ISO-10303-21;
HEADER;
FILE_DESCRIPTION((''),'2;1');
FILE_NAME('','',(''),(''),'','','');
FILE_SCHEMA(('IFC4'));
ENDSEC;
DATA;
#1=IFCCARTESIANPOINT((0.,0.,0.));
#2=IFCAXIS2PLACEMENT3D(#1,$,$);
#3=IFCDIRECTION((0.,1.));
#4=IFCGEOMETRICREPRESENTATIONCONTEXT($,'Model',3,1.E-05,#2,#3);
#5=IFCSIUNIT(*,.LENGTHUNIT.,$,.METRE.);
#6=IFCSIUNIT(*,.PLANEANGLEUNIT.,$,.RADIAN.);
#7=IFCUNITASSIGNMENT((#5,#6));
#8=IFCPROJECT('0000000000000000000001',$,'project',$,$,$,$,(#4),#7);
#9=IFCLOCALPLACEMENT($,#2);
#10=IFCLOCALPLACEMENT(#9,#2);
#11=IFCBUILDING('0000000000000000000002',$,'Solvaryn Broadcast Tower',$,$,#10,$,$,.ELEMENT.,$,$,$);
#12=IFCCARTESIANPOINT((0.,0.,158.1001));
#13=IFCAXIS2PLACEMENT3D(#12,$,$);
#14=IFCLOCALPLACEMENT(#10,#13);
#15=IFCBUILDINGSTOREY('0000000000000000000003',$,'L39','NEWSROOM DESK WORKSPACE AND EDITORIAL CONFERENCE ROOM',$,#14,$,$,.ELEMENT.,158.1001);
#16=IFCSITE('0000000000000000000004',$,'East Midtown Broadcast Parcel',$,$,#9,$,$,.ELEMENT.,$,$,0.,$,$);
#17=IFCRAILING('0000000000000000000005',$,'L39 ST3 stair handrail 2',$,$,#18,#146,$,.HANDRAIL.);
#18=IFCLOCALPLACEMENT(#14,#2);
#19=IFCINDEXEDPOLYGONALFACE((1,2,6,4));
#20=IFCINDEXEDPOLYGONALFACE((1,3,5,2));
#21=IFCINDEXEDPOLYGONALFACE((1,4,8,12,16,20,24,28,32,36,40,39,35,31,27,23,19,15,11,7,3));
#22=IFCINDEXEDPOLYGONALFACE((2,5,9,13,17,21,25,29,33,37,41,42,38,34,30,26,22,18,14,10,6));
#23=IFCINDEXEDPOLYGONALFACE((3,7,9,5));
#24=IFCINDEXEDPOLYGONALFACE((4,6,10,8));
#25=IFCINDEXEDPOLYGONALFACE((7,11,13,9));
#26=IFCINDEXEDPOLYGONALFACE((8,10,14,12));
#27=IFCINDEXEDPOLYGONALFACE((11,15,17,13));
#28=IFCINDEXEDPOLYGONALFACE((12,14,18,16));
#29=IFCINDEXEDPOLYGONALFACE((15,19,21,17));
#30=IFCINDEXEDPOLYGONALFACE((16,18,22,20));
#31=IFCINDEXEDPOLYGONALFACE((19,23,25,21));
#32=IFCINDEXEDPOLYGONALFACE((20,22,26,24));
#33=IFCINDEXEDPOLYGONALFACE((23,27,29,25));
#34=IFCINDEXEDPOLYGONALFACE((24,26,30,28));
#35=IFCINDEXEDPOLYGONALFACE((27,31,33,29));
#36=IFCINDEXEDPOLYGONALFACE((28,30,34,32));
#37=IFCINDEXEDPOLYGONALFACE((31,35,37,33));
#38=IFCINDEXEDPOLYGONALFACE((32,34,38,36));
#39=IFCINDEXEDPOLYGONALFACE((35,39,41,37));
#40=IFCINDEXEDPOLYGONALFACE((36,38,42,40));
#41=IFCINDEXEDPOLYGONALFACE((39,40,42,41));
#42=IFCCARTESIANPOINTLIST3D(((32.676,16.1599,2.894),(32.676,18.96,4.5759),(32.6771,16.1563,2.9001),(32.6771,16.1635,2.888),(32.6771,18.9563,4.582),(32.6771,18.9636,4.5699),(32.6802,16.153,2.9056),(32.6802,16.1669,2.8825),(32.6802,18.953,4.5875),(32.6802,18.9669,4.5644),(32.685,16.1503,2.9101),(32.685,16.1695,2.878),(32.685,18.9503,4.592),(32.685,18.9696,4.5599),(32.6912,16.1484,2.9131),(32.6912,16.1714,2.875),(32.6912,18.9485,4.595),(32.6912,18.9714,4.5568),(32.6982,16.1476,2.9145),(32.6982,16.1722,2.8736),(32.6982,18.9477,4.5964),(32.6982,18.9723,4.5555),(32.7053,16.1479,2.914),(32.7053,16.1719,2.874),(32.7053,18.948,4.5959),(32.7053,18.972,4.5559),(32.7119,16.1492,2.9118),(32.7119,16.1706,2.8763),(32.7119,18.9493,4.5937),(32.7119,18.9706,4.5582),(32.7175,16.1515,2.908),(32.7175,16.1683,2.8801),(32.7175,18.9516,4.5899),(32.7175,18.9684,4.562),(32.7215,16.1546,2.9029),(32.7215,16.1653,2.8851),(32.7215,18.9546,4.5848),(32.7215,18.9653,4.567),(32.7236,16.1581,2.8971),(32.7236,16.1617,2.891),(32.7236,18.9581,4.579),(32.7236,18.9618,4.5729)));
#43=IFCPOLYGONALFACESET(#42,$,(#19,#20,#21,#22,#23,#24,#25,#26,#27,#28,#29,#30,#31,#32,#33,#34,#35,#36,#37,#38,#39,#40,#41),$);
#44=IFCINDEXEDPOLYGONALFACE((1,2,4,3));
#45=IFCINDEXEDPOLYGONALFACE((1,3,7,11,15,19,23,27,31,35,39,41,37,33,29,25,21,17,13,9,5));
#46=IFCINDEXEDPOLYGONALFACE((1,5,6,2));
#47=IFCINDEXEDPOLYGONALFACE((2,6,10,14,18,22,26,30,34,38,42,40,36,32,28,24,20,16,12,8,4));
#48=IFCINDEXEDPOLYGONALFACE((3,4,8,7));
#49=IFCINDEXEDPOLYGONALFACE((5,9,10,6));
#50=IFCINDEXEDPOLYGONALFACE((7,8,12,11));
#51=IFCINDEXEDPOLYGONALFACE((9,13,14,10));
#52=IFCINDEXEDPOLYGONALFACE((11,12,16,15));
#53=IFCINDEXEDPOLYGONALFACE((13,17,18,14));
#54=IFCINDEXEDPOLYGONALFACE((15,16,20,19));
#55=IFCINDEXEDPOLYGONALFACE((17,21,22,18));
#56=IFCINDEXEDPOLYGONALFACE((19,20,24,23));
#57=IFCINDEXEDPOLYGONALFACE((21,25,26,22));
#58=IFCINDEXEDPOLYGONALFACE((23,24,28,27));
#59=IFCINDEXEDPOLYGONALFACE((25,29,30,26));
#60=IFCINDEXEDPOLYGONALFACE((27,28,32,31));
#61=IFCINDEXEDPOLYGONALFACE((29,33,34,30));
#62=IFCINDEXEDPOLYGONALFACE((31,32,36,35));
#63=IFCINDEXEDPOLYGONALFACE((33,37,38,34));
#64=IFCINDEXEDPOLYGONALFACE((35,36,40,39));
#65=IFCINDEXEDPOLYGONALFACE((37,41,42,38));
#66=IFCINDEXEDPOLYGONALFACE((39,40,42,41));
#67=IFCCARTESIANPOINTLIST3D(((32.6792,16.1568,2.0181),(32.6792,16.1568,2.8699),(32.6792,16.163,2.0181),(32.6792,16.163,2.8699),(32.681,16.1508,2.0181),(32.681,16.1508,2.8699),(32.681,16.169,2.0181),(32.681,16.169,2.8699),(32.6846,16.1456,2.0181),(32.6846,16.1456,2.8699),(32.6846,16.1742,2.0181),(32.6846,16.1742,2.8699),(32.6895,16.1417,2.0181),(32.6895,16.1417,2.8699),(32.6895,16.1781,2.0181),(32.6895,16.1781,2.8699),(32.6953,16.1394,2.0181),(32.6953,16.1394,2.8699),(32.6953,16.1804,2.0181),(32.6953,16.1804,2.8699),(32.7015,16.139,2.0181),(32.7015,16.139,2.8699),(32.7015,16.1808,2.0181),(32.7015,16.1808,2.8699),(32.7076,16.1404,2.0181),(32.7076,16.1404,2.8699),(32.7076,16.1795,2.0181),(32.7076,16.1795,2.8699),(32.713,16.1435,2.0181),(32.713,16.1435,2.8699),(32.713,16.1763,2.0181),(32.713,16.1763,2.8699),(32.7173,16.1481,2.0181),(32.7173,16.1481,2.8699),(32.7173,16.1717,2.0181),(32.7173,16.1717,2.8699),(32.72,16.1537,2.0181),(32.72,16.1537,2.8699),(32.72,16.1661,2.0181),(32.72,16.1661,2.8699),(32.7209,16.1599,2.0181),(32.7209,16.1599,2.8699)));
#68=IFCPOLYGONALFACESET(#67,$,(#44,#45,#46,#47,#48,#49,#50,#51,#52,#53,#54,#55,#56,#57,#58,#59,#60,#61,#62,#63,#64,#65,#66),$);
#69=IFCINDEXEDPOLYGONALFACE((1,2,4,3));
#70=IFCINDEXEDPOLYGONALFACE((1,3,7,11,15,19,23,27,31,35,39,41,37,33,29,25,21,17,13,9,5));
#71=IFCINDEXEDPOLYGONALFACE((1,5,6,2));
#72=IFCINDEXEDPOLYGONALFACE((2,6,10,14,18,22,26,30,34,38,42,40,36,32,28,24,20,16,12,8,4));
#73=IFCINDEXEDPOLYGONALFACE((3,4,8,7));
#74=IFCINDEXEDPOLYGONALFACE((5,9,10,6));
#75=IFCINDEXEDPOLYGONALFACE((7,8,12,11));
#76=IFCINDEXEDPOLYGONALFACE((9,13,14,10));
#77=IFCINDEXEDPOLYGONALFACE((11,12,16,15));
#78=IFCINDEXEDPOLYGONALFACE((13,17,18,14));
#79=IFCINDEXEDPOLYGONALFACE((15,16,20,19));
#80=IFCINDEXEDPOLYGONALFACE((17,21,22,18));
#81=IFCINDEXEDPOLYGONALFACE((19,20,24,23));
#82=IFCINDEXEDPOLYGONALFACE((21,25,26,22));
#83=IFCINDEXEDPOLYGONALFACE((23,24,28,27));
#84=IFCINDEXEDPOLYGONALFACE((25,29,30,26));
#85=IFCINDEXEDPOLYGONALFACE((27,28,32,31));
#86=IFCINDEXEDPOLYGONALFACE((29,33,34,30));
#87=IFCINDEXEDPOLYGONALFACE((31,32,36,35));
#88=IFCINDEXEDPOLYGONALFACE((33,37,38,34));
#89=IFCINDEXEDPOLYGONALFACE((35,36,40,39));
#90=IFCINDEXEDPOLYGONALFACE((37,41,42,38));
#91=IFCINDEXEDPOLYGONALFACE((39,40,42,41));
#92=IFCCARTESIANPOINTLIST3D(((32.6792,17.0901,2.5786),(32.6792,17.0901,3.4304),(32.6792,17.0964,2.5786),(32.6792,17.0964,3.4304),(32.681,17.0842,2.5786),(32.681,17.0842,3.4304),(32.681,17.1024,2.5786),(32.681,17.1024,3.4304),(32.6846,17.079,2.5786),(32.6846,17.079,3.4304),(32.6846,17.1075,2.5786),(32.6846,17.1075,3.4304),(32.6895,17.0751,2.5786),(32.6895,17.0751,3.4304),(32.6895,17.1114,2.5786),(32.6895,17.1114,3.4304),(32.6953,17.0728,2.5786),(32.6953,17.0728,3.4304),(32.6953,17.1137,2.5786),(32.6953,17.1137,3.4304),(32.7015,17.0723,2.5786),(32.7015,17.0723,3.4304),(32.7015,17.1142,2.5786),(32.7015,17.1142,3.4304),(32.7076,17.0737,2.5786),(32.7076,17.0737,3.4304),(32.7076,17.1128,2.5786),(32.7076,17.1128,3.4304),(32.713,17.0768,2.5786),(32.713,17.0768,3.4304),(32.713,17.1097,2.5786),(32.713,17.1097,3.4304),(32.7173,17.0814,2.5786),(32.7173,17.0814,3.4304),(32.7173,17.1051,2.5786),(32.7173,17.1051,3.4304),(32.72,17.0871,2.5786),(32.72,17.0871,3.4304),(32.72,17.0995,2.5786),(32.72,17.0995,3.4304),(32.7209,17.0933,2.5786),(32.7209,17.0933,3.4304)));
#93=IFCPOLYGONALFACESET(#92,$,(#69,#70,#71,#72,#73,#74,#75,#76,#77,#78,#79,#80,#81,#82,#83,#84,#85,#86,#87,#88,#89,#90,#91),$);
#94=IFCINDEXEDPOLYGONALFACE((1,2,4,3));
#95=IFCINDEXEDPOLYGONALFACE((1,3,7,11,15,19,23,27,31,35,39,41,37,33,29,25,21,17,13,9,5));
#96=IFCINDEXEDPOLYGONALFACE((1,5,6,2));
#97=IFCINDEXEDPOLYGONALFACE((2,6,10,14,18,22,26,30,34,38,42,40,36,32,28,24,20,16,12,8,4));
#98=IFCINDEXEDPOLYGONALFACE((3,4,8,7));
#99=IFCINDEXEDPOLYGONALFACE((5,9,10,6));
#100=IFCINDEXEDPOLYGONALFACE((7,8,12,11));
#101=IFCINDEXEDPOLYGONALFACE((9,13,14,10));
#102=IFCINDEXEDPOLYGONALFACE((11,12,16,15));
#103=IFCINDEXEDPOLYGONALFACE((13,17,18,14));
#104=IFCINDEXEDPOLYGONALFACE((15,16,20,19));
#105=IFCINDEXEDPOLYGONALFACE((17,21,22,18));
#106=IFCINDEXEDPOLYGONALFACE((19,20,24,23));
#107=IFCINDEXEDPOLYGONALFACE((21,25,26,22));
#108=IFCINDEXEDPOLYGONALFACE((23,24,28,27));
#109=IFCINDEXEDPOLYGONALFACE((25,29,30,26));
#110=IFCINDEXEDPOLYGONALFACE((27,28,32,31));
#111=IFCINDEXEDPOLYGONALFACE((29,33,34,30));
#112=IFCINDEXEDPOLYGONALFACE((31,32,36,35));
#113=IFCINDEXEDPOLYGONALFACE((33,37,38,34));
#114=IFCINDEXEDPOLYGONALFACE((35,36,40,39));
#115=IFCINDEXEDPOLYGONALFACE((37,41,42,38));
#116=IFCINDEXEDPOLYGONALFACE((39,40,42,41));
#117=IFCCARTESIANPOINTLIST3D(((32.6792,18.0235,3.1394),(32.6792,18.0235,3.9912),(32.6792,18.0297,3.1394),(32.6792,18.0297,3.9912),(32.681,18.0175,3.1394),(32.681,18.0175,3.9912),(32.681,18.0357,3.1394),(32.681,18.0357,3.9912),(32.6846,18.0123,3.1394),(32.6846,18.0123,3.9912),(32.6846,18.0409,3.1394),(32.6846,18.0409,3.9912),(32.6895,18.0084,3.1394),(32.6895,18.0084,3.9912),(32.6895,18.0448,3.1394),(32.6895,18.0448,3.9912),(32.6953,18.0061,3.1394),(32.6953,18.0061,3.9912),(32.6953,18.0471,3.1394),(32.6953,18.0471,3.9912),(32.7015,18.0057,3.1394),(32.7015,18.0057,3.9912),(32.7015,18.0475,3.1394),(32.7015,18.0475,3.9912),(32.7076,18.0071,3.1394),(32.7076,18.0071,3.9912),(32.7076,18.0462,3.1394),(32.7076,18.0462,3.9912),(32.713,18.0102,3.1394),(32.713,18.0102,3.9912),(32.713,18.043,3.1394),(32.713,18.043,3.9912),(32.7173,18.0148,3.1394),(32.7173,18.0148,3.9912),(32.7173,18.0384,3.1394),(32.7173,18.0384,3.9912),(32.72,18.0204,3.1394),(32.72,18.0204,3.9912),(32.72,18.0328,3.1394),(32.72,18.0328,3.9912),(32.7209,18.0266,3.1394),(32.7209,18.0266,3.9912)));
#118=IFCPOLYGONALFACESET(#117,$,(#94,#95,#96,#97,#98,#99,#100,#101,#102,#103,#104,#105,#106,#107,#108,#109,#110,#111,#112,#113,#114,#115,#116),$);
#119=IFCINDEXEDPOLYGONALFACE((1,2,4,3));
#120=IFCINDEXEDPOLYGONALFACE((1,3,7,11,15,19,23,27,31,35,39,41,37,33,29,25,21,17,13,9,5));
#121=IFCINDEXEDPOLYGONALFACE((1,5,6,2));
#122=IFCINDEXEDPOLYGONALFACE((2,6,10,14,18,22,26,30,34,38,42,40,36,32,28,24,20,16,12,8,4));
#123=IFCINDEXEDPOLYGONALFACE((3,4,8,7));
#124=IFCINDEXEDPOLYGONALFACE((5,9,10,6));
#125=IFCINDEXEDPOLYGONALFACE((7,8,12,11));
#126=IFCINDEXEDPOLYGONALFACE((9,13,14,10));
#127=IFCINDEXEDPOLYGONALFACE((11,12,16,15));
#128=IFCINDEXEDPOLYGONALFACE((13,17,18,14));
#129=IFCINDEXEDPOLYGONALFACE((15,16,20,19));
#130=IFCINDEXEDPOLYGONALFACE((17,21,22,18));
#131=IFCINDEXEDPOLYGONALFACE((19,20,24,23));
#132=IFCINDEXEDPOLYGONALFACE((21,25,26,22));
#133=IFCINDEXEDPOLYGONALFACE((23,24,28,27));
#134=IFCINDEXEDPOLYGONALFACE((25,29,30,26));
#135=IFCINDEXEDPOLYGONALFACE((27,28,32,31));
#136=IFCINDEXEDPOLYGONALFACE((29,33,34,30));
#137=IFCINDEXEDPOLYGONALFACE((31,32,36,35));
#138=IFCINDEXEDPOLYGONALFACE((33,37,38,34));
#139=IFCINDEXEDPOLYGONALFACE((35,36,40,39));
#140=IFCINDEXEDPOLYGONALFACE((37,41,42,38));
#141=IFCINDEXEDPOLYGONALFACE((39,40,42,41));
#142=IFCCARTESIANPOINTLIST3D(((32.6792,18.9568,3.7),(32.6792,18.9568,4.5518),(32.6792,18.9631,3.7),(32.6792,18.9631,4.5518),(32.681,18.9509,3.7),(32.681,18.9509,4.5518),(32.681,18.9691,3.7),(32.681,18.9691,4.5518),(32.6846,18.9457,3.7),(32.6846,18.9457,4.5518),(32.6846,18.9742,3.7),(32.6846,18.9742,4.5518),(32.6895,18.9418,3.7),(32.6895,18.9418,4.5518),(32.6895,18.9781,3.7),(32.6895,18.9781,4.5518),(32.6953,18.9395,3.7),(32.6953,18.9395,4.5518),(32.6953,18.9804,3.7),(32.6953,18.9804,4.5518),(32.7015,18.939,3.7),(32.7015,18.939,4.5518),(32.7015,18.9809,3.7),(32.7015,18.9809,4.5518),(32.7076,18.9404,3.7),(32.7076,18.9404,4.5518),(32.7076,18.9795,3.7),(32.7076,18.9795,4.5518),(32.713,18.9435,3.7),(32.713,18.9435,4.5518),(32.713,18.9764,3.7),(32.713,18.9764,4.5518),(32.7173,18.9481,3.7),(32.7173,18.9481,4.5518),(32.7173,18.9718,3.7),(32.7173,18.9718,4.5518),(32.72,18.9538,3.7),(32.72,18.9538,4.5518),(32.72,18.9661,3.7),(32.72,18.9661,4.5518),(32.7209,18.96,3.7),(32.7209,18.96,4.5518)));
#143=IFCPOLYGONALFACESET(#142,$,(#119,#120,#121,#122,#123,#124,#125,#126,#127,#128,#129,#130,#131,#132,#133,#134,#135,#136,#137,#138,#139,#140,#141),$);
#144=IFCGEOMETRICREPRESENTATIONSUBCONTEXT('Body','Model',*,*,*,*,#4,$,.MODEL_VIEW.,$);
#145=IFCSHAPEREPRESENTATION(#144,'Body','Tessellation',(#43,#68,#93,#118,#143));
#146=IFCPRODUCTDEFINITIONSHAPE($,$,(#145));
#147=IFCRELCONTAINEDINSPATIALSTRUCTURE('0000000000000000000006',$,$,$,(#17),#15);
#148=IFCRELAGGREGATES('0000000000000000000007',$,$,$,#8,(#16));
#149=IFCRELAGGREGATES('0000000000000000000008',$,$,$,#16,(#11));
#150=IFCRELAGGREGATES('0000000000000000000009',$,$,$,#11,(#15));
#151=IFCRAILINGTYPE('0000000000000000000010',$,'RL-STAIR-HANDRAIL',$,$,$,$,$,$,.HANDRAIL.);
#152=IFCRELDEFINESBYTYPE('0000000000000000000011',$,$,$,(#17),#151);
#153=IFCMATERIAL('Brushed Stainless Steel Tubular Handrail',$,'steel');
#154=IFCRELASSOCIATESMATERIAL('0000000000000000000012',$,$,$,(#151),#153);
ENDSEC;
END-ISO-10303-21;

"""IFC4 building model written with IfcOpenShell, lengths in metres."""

from ifc_helpers import new_model, si_unit, direction, frame, origin, origin_2d, place, context, subcontext, project, spatial, circle, extrude, material, type_object, element, save


model = new_model("IFC4")

# Units and contexts
model_context = context("Model", 3, precision=1e-05, world=origin(), true_north=direction((0.0, 1.0)))
body_context = subcontext(model_context, "Body", "Model", "MODEL_VIEW")
ifc_project = project(units=[si_unit("LENGTHUNIT", "METRE"), si_unit("PLANEANGLEUNIT", "RADIAN")], contexts=[model_context])

# Site, building, storey
site_placement = place(None, origin())
site = spatial("IfcSite", under=ifc_project, at=site_placement, Name="East Midtown Broadcast Parcel", CompositionType="ELEMENT", RefElevation=0.0)
building_placement = place(site_placement, origin())
building = spatial("IfcBuilding", under=site, at=building_placement, Name="Solvaryn Broadcast Tower", CompositionType="ELEMENT")
storey_placement = place(building_placement, frame((0.0, 0.0, 158.1001)))
storey = spatial("IfcBuildingStorey", under=building, at=storey_placement, Name="L39", Description="NEWSROOM DESK WORKSPACE AND EDITORIAL CONFERENCE ROOM", CompositionType="ELEMENT", Elevation=158.1001)

# Railing
ifc_material_1 = material(Name="Brushed Stainless Steel Tubular Handrail", Category="steel")
railing_type_1 = type_object("IfcRailingType", Name="RL-STAIR-HANDRAIL", PredefinedType="HANDRAIL", material=ifc_material_1)
railing_1_placement = place(storey_placement, frame((32.7, 16.1599, 2.0181)))
element("IfcRailing", 1, at=railing_1_placement, inside=storey, type_object=railing_type_1, Name="L39 ST3 stair handrail 2", PredefinedType="HANDRAIL", context=body_context, shape_type="SweptSolid", body=[
    extrude(circle(Radius=0.0239, at=origin_2d()), frame((0.0, 0.0, 0.876), z_axis=(0.0, 0.857242, 0.514913), x_axis=(-1.0, 0.0, 0.0)), (0.0, 0.0, 1.0), 3.2664),
    extrude(circle(Radius=0.021, at=origin_2d()), origin(), (0.0, 0.0, 1.0), 0.8518),
    extrude(circle(Radius=0.021, at=origin_2d()), frame((0.0, 0.9333, 0.5605)), (0.0, 0.0, 1.0), 0.8518),
    extrude(circle(Radius=0.021, at=origin_2d()), frame((0.0, 1.8667, 1.1213)), (0.0, 0.0, 1.0), 0.8518),
    extrude(circle(Radius=0.021, at=origin_2d()), frame((0.0, 2.8, 1.6819)), (0.0, 0.0, 1.0), 0.8518),
])

save(model, "model.ifc")
